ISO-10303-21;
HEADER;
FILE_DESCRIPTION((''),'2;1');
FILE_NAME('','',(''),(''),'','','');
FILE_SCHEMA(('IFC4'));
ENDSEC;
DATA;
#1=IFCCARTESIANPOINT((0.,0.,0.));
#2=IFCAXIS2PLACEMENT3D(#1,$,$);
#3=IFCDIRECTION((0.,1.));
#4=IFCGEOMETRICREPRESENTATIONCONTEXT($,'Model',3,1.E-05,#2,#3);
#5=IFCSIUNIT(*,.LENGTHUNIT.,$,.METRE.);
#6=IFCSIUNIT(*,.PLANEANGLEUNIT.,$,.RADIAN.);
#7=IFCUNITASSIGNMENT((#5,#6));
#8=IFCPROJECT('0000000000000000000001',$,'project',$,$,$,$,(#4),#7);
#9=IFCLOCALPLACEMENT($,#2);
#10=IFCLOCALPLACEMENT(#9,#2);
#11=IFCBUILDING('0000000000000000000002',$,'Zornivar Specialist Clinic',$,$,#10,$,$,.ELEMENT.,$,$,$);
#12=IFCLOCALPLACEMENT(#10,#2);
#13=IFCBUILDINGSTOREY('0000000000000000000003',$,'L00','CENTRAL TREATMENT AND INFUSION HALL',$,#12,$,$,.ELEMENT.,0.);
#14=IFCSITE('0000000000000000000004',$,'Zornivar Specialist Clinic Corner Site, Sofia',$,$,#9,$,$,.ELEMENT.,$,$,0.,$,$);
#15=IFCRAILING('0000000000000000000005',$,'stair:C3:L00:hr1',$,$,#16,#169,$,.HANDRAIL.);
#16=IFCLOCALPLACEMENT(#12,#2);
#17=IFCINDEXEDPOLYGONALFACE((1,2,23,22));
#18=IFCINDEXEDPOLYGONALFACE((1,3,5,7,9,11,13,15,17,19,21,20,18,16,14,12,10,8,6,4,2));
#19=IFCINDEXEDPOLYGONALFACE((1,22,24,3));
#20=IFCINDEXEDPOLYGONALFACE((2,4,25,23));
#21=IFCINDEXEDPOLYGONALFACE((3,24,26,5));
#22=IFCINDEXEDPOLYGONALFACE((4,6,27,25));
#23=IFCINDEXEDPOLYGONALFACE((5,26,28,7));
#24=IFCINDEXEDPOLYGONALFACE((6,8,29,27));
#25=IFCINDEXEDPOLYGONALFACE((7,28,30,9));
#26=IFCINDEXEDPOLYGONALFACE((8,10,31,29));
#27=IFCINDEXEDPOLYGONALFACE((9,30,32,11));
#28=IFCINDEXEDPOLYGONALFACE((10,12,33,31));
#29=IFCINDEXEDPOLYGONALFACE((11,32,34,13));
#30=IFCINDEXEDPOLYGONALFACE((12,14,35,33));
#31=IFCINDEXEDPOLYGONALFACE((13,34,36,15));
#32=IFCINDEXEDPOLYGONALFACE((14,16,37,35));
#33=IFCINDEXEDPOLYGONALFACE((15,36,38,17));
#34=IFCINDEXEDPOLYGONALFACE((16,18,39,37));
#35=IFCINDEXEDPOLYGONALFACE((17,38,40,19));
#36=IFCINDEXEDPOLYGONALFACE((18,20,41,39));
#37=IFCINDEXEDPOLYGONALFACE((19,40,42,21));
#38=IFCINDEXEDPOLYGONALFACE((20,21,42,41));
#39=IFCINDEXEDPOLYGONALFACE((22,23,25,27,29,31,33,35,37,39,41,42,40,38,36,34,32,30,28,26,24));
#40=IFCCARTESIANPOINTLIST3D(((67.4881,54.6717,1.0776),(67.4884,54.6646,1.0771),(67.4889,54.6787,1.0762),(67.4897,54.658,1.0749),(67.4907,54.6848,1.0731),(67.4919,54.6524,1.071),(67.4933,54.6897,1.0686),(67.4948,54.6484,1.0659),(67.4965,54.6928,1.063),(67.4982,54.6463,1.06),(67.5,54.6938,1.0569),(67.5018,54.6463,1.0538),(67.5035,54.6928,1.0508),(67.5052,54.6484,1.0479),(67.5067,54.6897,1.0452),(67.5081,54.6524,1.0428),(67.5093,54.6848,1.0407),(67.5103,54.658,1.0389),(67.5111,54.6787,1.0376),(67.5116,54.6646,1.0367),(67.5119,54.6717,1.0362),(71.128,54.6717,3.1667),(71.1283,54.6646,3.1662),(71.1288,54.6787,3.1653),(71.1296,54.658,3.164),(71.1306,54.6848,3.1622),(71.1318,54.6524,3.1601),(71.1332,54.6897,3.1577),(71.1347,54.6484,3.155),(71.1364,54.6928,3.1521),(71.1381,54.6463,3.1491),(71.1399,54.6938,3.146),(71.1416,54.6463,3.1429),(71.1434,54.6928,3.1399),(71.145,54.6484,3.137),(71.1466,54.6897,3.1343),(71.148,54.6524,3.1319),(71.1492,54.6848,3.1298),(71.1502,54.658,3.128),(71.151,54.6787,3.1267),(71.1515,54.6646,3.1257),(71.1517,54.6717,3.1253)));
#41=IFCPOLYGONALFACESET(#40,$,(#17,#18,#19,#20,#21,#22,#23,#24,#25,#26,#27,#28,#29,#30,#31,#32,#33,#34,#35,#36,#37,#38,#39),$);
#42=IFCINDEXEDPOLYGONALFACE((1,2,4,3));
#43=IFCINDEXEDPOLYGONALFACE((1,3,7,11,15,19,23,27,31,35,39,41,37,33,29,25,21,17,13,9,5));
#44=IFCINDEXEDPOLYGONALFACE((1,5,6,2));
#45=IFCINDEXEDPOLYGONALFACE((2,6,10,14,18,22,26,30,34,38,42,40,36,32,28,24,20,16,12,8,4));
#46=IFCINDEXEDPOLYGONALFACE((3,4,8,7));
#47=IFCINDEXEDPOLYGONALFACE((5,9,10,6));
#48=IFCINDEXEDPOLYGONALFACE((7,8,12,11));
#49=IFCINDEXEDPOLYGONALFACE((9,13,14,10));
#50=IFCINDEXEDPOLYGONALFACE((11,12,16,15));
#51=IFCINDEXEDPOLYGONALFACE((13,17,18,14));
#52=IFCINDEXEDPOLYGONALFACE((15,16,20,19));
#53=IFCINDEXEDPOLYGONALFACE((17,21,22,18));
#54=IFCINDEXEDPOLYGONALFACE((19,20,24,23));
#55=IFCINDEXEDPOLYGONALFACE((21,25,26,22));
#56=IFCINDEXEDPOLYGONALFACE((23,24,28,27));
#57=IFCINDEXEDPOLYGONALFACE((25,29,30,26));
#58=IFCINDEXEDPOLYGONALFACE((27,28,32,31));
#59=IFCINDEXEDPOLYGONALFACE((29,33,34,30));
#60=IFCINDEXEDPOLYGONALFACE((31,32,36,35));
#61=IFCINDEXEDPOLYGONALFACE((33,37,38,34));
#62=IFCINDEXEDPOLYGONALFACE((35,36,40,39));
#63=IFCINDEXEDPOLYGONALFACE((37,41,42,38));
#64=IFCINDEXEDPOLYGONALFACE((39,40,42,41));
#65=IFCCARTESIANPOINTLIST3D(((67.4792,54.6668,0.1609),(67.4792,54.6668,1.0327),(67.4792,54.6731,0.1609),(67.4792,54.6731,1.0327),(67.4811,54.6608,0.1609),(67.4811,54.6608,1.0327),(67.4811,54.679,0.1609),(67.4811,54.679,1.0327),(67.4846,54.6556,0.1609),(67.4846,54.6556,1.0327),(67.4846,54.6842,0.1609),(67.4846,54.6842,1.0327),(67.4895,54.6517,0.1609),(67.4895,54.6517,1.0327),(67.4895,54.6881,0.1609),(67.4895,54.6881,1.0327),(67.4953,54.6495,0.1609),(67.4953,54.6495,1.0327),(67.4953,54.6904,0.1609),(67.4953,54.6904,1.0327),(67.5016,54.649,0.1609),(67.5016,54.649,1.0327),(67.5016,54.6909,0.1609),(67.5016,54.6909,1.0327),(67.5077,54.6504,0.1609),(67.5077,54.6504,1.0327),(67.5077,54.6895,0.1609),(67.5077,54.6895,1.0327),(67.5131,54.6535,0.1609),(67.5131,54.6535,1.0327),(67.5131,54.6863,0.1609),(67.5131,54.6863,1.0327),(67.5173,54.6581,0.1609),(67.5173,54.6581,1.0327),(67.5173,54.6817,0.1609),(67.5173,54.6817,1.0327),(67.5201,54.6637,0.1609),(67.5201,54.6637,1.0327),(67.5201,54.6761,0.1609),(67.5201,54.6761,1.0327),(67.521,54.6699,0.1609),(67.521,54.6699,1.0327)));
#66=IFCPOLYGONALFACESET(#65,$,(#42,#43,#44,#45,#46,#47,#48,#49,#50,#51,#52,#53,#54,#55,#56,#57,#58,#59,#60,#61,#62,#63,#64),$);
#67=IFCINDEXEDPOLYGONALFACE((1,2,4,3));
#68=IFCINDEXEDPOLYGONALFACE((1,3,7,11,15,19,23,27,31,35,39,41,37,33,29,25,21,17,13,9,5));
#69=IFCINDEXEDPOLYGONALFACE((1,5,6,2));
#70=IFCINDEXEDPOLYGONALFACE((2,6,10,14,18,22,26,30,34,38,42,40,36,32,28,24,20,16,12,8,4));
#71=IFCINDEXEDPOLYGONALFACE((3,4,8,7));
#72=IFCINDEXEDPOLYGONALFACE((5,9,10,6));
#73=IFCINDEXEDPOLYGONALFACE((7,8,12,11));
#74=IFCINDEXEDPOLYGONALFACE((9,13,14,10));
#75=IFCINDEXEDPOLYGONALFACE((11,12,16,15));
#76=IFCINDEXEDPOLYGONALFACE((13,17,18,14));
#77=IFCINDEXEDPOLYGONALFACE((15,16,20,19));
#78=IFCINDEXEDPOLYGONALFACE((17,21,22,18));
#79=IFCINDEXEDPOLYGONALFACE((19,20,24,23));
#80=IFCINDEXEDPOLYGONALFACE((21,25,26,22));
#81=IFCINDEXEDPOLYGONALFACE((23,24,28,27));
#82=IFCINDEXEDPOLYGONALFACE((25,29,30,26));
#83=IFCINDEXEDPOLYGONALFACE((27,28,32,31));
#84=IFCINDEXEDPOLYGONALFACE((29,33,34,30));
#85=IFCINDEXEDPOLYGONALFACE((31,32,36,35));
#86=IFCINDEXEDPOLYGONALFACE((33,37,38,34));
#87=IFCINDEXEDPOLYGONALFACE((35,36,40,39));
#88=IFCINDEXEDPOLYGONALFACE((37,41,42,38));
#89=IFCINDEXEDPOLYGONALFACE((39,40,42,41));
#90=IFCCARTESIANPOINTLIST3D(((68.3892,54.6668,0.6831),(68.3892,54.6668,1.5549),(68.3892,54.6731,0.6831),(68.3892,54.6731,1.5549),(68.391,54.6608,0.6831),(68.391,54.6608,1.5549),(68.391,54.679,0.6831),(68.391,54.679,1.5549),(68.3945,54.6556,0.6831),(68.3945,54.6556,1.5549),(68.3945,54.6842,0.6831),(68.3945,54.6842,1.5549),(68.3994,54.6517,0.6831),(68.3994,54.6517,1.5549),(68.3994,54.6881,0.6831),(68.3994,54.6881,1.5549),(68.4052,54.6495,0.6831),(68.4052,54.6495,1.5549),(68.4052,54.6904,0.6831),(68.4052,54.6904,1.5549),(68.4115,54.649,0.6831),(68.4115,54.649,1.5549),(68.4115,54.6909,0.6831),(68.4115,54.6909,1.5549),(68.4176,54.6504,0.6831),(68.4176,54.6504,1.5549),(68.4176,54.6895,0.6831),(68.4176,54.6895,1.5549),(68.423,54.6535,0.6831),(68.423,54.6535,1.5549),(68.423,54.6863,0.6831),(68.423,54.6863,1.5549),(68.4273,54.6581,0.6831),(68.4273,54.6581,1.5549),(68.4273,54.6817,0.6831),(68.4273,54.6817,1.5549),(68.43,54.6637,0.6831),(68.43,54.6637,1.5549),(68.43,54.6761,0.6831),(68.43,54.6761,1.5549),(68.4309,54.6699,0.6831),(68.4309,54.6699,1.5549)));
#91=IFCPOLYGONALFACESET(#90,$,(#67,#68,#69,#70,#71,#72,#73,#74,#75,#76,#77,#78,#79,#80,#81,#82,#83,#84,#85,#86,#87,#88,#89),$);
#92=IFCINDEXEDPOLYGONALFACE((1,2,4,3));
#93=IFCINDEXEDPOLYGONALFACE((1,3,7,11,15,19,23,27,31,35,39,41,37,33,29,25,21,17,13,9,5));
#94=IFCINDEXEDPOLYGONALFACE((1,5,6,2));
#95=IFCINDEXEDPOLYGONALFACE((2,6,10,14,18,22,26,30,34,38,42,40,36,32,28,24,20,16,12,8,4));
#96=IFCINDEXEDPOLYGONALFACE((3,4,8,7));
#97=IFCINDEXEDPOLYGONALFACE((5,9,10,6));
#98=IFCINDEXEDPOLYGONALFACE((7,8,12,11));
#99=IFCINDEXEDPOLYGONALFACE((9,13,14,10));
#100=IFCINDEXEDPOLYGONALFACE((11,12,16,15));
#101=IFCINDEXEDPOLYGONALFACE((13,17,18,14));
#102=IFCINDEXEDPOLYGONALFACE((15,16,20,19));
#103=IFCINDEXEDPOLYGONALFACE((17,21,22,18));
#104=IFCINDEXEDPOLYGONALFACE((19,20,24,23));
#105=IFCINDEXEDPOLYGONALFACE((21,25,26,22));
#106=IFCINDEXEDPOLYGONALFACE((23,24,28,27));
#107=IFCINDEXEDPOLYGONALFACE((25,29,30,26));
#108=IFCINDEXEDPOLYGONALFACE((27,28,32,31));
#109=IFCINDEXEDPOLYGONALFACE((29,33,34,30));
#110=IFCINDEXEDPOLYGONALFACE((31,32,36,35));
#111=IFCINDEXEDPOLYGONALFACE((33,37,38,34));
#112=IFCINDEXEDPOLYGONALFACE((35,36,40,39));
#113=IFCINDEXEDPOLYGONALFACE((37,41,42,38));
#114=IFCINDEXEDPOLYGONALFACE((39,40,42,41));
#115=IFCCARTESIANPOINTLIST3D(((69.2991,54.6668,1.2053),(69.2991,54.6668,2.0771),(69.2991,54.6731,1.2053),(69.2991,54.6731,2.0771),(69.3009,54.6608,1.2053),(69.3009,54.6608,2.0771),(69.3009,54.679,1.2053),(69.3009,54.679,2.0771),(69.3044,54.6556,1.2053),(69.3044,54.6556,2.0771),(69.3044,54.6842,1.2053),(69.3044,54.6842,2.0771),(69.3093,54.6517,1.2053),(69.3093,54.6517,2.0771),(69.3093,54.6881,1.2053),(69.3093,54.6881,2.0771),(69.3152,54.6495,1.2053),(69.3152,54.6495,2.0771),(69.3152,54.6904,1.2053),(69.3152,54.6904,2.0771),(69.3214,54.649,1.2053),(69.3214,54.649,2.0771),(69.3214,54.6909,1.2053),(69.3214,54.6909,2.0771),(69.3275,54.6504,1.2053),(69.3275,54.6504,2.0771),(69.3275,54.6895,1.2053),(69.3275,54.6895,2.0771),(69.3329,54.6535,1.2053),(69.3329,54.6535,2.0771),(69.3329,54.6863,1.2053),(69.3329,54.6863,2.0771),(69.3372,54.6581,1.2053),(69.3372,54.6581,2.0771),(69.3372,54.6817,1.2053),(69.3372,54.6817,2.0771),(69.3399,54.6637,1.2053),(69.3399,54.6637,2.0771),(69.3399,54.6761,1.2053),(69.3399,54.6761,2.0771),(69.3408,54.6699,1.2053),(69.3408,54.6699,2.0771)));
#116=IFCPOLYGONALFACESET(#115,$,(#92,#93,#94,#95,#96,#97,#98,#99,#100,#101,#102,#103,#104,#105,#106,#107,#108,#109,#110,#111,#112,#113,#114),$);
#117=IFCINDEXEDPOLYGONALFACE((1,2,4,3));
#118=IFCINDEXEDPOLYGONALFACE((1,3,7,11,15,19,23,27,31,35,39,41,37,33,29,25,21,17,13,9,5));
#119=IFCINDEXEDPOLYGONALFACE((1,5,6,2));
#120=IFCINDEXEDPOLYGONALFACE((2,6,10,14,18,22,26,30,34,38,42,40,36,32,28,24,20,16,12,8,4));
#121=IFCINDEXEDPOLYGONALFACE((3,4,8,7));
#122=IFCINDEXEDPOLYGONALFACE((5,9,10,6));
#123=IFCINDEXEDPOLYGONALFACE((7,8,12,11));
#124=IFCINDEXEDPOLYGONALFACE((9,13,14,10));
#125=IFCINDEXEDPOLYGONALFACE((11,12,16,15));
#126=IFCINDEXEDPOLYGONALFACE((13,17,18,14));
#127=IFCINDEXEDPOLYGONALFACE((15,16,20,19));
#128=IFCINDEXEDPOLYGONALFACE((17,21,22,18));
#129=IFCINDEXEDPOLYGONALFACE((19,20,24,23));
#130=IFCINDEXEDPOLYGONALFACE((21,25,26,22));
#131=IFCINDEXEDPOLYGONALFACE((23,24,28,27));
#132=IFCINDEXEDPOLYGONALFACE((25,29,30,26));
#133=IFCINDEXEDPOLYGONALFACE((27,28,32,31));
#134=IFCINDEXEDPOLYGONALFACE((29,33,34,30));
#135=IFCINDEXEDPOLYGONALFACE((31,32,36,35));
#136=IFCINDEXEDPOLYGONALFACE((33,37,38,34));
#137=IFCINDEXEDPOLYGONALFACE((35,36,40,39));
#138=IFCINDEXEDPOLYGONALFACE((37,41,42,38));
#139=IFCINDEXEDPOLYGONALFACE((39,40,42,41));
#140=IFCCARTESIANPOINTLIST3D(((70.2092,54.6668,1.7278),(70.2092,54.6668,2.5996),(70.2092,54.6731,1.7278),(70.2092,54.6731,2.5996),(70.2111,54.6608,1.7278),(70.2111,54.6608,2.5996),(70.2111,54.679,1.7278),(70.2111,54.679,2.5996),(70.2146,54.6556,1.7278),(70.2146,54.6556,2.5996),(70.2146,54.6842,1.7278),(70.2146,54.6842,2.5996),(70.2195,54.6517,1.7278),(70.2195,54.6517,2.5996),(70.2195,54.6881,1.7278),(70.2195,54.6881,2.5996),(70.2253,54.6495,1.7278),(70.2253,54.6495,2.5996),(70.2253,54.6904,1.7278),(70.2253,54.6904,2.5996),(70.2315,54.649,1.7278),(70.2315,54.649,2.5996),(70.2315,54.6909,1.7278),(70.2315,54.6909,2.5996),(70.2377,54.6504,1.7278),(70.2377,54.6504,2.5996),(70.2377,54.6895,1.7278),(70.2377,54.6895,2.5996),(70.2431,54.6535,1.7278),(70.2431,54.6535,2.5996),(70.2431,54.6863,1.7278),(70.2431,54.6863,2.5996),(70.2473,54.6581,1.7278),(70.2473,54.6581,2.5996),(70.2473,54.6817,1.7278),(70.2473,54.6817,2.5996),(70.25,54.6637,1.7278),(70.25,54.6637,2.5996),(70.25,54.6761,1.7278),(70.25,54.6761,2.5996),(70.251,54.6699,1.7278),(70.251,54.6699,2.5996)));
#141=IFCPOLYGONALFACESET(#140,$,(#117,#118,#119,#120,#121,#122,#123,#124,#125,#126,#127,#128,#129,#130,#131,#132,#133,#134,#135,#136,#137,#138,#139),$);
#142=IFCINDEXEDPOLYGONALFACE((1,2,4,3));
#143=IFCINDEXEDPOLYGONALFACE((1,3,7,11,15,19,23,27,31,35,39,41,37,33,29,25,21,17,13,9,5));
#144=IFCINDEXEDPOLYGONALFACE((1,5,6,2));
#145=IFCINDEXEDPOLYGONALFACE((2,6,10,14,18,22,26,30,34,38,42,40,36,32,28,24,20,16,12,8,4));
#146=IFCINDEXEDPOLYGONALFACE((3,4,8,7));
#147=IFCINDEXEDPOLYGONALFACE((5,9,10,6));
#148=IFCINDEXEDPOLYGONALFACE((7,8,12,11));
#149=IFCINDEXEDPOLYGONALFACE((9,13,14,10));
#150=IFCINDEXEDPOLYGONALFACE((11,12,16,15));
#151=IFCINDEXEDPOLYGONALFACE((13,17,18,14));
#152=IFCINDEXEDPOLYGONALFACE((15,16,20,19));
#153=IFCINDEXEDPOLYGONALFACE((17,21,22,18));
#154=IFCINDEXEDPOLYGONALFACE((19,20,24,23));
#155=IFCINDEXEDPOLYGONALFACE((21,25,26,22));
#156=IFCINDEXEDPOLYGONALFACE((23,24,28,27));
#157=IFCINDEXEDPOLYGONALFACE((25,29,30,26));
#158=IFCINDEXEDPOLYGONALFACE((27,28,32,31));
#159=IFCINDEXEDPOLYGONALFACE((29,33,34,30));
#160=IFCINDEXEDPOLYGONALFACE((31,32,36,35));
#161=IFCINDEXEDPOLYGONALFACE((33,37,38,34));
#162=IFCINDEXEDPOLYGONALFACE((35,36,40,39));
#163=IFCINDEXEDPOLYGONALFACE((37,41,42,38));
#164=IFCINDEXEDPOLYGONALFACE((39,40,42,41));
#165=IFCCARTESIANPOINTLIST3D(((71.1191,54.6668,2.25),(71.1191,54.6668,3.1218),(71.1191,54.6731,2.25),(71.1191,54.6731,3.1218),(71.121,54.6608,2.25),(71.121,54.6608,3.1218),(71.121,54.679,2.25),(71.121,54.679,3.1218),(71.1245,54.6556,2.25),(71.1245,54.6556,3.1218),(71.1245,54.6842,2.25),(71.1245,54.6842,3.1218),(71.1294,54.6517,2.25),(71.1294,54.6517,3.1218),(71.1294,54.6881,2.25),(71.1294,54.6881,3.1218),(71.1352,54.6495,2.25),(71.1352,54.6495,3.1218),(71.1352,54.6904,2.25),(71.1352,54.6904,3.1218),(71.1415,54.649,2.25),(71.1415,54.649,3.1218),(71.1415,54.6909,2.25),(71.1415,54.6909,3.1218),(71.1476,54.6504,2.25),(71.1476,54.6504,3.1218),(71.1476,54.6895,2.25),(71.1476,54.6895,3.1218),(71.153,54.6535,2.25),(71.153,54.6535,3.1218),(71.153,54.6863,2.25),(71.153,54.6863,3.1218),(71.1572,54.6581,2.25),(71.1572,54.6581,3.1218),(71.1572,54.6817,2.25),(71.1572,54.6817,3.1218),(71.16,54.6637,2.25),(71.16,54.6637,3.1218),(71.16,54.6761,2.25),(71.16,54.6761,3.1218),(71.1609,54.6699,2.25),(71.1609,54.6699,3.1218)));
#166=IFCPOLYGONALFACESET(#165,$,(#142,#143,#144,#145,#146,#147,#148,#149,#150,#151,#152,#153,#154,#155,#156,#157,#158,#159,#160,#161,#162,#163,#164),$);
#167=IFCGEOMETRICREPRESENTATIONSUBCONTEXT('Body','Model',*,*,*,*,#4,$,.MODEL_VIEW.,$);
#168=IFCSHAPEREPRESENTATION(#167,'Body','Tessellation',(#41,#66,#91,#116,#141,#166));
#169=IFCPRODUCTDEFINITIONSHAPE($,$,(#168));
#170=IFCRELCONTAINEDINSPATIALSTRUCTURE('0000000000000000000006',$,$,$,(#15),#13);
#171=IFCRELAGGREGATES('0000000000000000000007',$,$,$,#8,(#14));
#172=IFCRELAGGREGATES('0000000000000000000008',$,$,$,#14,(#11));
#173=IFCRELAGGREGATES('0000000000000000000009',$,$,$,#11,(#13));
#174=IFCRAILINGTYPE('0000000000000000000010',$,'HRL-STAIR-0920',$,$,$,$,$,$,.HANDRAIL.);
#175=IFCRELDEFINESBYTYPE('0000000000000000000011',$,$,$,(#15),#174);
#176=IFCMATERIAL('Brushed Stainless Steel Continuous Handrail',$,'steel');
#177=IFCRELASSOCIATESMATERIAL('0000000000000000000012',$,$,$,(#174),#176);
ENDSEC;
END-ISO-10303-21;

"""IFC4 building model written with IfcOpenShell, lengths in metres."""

from ifc_helpers import new_model, si_unit, direction, frame, origin, origin_2d, place, context, subcontext, project, spatial, circle, extrude, material, type_object, element, save


model = new_model("IFC4")

# Units and contexts
model_context = context("Model", 3, precision=1e-05, world=origin(), true_north=direction((0.0, 1.0)))
body_context = subcontext(model_context, "Body", "Model", "MODEL_VIEW")
ifc_project = project(units=[si_unit("LENGTHUNIT", "METRE"), si_unit("PLANEANGLEUNIT", "RADIAN")], contexts=[model_context])

# Site, building, storey
site_placement = place(None, origin())
site = spatial("IfcSite", under=ifc_project, at=site_placement, Name="Zornivar Specialist Clinic Corner Site, Sofia", CompositionType="ELEMENT", RefElevation=0.0)
building_placement = place(site_placement, origin())
building = spatial("IfcBuilding", under=site, at=building_placement, Name="Zornivar Specialist Clinic", CompositionType="ELEMENT")
storey_placement = place(building_placement, origin())
storey = spatial("IfcBuildingStorey", under=building, at=storey_placement, Name="L00", Description="CENTRAL TREATMENT AND INFUSION HALL", CompositionType="ELEMENT", Elevation=0.0)

# Railing
ifc_material_1 = material(Name="Brushed Stainless Steel Continuous Handrail", Category="steel")
railing_type_1 = type_object("IfcRailingType", Name="HRL-STAIR-0920", PredefinedType="HANDRAIL", material=ifc_material_1)
railing_1_placement = place(storey_placement, frame((67.5, 54.6699, 0.1609)))
element("IfcRailing", 1, at=railing_1_placement, inside=storey, type_object=railing_type_1, Name="stair:C3:L00:hr1", PredefinedType="HANDRAIL", context=body_context, shape_type="SweptSolid", body=[
    extrude(circle(Radius=0.0239, at=origin_2d()), frame((0.0, 0.0, 0.896), z_axis=(0.8673, 0.0, 0.497786), x_axis=(0.0, 1.0, 0.0)), (0.0, 0.0, 1.0), 4.1968),
    extrude(circle(Radius=0.021, at=origin_2d()), origin(), (0.0, 0.0, 1.0), 0.8718),
    extrude(circle(Radius=0.021, at=origin_2d()), frame((0.9099, 0.0, 0.5222)), (0.0, 0.0, 1.0), 0.8718),
    extrude(circle(Radius=0.021, at=origin_2d()), frame((1.8198, 0.0, 1.0444)), (0.0, 0.0, 1.0), 0.8718),
    extrude(circle(Radius=0.021, at=origin_2d()), frame((2.73, 0.0, 1.5669)), (0.0, 0.0, 1.0), 0.8718),
    extrude(circle(Radius=0.021, at=origin_2d()), frame((3.6399, 0.0, 2.0891)), (0.0, 0.0, 1.0), 0.8718),
])

save(model, "model.ifc")
